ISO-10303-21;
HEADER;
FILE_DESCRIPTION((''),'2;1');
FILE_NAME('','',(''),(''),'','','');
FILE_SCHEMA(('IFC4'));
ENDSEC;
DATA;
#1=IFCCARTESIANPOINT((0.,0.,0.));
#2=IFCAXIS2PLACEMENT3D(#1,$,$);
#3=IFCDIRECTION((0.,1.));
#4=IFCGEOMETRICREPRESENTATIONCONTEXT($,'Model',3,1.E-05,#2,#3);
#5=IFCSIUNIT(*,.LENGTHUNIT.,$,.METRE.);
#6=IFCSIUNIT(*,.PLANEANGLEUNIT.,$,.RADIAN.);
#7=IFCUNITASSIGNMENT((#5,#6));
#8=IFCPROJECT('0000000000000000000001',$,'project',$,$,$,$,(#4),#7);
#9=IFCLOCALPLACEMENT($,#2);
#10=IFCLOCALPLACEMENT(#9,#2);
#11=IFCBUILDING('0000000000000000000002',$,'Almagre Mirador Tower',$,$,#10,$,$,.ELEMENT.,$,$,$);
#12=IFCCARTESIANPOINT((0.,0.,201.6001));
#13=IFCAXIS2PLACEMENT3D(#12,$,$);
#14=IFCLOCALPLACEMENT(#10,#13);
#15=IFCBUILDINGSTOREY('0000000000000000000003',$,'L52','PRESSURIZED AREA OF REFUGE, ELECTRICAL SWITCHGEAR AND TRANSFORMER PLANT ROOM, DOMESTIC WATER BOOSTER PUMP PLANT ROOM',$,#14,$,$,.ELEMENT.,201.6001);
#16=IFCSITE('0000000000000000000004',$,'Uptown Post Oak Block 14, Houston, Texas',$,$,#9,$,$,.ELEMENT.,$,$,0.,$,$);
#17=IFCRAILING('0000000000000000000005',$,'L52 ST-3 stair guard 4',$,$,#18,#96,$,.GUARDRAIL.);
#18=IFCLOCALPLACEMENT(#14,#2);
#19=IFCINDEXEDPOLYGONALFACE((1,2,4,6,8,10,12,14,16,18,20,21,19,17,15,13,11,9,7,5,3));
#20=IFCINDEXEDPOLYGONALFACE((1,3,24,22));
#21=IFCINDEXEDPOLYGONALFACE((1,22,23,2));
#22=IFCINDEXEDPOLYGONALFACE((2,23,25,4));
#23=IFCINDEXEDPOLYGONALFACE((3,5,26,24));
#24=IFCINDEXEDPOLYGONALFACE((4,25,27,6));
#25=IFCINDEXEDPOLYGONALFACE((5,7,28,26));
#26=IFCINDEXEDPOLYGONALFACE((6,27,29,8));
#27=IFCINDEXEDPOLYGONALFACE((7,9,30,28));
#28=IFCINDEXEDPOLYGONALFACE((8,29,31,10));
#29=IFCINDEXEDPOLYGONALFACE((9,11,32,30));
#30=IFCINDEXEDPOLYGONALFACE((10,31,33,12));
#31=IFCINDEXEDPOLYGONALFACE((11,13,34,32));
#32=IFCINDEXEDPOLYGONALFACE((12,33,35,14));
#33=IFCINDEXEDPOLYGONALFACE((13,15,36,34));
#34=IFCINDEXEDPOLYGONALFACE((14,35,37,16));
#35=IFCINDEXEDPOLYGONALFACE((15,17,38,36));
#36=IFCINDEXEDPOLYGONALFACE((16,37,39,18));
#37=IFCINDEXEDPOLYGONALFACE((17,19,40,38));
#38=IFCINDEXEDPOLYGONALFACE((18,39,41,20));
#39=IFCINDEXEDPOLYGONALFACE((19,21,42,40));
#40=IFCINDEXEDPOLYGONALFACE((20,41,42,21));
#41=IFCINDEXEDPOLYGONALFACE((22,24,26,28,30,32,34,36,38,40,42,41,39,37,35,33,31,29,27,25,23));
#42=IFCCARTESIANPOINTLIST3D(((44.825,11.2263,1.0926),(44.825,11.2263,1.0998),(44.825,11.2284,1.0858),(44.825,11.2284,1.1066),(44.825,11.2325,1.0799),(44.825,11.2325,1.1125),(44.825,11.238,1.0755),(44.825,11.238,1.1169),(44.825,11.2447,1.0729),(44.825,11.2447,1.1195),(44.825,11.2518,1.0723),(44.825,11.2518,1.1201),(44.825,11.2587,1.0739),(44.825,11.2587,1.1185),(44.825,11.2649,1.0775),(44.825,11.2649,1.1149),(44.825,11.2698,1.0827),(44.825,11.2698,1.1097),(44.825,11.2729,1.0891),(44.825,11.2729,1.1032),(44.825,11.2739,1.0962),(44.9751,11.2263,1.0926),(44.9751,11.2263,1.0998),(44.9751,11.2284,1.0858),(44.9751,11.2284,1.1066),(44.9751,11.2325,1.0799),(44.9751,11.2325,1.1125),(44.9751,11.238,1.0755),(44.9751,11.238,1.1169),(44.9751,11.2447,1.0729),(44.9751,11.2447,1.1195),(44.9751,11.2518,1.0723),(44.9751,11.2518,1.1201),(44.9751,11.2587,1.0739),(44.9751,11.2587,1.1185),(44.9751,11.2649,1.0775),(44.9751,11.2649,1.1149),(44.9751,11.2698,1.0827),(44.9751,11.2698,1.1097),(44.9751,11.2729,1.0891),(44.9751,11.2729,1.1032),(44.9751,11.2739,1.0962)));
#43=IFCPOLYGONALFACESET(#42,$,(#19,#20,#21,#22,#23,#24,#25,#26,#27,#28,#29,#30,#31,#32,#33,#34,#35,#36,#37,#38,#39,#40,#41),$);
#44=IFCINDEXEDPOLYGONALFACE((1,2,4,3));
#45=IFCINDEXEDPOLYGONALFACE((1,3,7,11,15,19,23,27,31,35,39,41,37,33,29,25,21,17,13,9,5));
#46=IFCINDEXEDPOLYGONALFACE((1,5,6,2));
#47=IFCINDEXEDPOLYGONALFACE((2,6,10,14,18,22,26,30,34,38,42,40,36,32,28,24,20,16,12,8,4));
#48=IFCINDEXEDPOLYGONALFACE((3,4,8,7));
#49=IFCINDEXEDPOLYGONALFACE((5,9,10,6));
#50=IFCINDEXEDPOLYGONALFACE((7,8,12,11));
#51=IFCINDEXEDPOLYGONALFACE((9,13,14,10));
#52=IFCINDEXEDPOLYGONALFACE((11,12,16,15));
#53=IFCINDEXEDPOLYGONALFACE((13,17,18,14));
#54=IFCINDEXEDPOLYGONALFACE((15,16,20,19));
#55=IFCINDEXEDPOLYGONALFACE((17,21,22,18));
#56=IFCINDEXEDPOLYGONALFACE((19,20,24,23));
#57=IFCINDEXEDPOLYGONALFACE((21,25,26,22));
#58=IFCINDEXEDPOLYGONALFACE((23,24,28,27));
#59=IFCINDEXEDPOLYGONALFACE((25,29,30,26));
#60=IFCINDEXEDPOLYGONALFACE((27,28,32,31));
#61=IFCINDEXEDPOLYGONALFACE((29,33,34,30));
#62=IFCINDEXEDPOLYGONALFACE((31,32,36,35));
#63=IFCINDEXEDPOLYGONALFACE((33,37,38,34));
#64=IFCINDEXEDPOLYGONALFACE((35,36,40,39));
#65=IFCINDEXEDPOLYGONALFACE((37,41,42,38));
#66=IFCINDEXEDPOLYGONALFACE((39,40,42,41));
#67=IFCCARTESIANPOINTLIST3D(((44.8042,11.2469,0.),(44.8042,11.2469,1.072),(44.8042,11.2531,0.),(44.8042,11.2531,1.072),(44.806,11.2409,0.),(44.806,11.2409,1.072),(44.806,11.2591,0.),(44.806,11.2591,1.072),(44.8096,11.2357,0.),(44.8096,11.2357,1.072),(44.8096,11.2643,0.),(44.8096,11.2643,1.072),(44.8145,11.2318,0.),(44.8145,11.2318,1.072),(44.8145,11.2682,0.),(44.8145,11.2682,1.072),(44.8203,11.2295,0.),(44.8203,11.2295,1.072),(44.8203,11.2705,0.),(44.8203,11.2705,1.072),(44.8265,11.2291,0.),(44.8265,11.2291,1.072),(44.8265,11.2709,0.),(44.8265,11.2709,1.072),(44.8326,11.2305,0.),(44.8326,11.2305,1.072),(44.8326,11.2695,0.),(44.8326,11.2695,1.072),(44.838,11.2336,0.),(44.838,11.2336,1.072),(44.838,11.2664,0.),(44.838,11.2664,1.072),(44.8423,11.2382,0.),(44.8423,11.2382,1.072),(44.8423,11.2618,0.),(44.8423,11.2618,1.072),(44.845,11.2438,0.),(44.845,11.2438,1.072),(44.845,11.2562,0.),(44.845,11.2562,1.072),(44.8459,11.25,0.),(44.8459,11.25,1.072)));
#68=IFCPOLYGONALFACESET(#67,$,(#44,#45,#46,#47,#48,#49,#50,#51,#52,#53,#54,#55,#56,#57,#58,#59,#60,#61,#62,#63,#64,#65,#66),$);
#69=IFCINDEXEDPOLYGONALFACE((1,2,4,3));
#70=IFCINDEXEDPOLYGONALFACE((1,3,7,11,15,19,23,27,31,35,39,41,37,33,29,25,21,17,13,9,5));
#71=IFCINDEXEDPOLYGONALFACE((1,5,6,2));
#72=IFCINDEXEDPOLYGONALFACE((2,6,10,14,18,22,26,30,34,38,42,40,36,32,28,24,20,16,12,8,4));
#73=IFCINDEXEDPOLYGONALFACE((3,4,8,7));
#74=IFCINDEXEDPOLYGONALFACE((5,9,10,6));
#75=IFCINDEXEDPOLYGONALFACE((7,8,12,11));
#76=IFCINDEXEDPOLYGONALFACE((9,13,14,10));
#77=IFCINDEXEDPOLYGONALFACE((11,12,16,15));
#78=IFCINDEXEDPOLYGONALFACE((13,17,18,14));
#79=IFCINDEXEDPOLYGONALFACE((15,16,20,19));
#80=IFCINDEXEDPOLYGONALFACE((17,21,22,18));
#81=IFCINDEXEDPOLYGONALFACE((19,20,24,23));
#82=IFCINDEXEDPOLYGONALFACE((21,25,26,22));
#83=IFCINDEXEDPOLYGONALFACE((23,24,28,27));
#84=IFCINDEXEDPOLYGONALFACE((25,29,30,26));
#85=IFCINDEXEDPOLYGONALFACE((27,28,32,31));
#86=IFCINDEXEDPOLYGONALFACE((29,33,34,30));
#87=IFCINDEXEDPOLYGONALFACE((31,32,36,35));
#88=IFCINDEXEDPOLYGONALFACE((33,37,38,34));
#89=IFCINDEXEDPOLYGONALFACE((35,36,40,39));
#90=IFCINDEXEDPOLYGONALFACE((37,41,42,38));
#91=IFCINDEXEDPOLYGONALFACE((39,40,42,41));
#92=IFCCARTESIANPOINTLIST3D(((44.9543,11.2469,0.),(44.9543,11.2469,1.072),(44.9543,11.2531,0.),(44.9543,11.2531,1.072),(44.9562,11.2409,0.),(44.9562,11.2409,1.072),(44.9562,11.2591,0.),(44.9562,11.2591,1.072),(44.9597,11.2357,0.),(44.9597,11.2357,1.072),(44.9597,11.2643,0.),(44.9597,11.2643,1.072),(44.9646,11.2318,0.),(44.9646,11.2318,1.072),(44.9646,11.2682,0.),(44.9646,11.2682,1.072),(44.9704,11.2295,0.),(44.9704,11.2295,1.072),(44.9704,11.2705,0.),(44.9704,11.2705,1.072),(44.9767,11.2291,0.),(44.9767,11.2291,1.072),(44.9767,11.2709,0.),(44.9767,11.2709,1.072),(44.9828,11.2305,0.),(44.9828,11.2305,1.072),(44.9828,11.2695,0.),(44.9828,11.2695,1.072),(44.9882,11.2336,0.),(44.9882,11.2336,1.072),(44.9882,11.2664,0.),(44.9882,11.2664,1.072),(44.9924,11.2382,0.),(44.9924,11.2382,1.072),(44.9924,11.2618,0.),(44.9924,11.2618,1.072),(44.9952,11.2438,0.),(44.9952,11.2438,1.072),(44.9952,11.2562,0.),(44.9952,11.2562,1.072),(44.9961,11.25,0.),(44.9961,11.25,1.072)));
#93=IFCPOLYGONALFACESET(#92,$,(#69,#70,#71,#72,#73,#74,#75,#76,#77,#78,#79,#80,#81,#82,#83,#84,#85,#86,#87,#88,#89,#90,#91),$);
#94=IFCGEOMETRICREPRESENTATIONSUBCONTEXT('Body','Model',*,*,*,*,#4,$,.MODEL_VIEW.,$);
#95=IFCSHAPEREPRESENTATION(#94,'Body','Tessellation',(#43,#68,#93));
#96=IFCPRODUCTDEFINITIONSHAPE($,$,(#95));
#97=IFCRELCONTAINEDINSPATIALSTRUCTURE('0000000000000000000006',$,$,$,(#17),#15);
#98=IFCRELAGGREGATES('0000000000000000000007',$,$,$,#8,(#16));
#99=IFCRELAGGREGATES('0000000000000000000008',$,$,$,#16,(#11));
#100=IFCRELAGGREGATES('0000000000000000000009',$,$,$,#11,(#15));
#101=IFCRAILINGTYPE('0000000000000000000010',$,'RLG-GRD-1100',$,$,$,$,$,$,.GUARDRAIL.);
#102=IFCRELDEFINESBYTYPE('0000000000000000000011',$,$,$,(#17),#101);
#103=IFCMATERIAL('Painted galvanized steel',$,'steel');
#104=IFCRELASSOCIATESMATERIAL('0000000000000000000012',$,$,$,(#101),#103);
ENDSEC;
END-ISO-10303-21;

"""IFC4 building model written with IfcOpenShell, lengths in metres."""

from ifc_helpers import new_model, si_unit, direction, frame, origin, origin_2d, place, context, subcontext, project, spatial, circle, extrude, material, type_object, element, save


model = new_model("IFC4")

# Units and contexts
model_context = context("Model", 3, precision=1e-05, world=origin(), true_north=direction((0.0, 1.0)))
body_context = subcontext(model_context, "Body", "Model", "MODEL_VIEW")
ifc_project = project(units=[si_unit("LENGTHUNIT", "METRE"), si_unit("PLANEANGLEUNIT", "RADIAN")], contexts=[model_context])

# Site, building, storey
site_placement = place(None, origin())
site = spatial("IfcSite", under=ifc_project, at=site_placement, Name="Uptown Post Oak Block 14, Houston, Texas", CompositionType="ELEMENT", RefElevation=0.0)
building_placement = place(site_placement, origin())
building = spatial("IfcBuilding", under=site, at=building_placement, Name="Almagre Mirador Tower", CompositionType="ELEMENT")
storey_placement = place(building_placement, frame((0.0, 0.0, 201.6001)))
storey = spatial("IfcBuildingStorey", under=building, at=storey_placement, Name="L52", Description="PRESSURIZED AREA OF REFUGE, ELECTRICAL SWITCHGEAR AND TRANSFORMER PLANT ROOM, DOMESTIC WATER BOOSTER PUMP PLANT ROOM", CompositionType="ELEMENT", Elevation=201.6001)

# Railing
ifc_material_1 = material(Name="Painted galvanized steel", Category="steel")
railing_type_1 = type_object("IfcRailingType", Name="RLG-GRD-1100", PredefinedType="GUARDRAIL", material=ifc_material_1)
railing_1_placement = place(storey_placement, frame((44.825, 11.25, 0.0)))
element("IfcRailing", 1, at=railing_1_placement, inside=storey, type_object=railing_type_1, Name="L52 ST-3 stair guard 4", PredefinedType="GUARDRAIL", context=body_context, shape_type="SweptSolid", body=[
    extrude(circle(Radius=0.0239, at=origin_2d()), frame((0.0, 0.0, 1.0962), z_axis=(1.0, 0.0, 0.0), x_axis=(0.0, 1.0, 0.0)), (0.0, 0.0, 1.0), 0.1501),
    extrude(circle(Radius=0.021, at=origin_2d()), origin(), (0.0, 0.0, 1.0), 1.072),
    extrude(circle(Radius=0.021, at=origin_2d()), frame((0.1501, 0.0, 0.0)), (0.0, 0.0, 1.0), 1.072),
])

save(model, "model.ifc")
